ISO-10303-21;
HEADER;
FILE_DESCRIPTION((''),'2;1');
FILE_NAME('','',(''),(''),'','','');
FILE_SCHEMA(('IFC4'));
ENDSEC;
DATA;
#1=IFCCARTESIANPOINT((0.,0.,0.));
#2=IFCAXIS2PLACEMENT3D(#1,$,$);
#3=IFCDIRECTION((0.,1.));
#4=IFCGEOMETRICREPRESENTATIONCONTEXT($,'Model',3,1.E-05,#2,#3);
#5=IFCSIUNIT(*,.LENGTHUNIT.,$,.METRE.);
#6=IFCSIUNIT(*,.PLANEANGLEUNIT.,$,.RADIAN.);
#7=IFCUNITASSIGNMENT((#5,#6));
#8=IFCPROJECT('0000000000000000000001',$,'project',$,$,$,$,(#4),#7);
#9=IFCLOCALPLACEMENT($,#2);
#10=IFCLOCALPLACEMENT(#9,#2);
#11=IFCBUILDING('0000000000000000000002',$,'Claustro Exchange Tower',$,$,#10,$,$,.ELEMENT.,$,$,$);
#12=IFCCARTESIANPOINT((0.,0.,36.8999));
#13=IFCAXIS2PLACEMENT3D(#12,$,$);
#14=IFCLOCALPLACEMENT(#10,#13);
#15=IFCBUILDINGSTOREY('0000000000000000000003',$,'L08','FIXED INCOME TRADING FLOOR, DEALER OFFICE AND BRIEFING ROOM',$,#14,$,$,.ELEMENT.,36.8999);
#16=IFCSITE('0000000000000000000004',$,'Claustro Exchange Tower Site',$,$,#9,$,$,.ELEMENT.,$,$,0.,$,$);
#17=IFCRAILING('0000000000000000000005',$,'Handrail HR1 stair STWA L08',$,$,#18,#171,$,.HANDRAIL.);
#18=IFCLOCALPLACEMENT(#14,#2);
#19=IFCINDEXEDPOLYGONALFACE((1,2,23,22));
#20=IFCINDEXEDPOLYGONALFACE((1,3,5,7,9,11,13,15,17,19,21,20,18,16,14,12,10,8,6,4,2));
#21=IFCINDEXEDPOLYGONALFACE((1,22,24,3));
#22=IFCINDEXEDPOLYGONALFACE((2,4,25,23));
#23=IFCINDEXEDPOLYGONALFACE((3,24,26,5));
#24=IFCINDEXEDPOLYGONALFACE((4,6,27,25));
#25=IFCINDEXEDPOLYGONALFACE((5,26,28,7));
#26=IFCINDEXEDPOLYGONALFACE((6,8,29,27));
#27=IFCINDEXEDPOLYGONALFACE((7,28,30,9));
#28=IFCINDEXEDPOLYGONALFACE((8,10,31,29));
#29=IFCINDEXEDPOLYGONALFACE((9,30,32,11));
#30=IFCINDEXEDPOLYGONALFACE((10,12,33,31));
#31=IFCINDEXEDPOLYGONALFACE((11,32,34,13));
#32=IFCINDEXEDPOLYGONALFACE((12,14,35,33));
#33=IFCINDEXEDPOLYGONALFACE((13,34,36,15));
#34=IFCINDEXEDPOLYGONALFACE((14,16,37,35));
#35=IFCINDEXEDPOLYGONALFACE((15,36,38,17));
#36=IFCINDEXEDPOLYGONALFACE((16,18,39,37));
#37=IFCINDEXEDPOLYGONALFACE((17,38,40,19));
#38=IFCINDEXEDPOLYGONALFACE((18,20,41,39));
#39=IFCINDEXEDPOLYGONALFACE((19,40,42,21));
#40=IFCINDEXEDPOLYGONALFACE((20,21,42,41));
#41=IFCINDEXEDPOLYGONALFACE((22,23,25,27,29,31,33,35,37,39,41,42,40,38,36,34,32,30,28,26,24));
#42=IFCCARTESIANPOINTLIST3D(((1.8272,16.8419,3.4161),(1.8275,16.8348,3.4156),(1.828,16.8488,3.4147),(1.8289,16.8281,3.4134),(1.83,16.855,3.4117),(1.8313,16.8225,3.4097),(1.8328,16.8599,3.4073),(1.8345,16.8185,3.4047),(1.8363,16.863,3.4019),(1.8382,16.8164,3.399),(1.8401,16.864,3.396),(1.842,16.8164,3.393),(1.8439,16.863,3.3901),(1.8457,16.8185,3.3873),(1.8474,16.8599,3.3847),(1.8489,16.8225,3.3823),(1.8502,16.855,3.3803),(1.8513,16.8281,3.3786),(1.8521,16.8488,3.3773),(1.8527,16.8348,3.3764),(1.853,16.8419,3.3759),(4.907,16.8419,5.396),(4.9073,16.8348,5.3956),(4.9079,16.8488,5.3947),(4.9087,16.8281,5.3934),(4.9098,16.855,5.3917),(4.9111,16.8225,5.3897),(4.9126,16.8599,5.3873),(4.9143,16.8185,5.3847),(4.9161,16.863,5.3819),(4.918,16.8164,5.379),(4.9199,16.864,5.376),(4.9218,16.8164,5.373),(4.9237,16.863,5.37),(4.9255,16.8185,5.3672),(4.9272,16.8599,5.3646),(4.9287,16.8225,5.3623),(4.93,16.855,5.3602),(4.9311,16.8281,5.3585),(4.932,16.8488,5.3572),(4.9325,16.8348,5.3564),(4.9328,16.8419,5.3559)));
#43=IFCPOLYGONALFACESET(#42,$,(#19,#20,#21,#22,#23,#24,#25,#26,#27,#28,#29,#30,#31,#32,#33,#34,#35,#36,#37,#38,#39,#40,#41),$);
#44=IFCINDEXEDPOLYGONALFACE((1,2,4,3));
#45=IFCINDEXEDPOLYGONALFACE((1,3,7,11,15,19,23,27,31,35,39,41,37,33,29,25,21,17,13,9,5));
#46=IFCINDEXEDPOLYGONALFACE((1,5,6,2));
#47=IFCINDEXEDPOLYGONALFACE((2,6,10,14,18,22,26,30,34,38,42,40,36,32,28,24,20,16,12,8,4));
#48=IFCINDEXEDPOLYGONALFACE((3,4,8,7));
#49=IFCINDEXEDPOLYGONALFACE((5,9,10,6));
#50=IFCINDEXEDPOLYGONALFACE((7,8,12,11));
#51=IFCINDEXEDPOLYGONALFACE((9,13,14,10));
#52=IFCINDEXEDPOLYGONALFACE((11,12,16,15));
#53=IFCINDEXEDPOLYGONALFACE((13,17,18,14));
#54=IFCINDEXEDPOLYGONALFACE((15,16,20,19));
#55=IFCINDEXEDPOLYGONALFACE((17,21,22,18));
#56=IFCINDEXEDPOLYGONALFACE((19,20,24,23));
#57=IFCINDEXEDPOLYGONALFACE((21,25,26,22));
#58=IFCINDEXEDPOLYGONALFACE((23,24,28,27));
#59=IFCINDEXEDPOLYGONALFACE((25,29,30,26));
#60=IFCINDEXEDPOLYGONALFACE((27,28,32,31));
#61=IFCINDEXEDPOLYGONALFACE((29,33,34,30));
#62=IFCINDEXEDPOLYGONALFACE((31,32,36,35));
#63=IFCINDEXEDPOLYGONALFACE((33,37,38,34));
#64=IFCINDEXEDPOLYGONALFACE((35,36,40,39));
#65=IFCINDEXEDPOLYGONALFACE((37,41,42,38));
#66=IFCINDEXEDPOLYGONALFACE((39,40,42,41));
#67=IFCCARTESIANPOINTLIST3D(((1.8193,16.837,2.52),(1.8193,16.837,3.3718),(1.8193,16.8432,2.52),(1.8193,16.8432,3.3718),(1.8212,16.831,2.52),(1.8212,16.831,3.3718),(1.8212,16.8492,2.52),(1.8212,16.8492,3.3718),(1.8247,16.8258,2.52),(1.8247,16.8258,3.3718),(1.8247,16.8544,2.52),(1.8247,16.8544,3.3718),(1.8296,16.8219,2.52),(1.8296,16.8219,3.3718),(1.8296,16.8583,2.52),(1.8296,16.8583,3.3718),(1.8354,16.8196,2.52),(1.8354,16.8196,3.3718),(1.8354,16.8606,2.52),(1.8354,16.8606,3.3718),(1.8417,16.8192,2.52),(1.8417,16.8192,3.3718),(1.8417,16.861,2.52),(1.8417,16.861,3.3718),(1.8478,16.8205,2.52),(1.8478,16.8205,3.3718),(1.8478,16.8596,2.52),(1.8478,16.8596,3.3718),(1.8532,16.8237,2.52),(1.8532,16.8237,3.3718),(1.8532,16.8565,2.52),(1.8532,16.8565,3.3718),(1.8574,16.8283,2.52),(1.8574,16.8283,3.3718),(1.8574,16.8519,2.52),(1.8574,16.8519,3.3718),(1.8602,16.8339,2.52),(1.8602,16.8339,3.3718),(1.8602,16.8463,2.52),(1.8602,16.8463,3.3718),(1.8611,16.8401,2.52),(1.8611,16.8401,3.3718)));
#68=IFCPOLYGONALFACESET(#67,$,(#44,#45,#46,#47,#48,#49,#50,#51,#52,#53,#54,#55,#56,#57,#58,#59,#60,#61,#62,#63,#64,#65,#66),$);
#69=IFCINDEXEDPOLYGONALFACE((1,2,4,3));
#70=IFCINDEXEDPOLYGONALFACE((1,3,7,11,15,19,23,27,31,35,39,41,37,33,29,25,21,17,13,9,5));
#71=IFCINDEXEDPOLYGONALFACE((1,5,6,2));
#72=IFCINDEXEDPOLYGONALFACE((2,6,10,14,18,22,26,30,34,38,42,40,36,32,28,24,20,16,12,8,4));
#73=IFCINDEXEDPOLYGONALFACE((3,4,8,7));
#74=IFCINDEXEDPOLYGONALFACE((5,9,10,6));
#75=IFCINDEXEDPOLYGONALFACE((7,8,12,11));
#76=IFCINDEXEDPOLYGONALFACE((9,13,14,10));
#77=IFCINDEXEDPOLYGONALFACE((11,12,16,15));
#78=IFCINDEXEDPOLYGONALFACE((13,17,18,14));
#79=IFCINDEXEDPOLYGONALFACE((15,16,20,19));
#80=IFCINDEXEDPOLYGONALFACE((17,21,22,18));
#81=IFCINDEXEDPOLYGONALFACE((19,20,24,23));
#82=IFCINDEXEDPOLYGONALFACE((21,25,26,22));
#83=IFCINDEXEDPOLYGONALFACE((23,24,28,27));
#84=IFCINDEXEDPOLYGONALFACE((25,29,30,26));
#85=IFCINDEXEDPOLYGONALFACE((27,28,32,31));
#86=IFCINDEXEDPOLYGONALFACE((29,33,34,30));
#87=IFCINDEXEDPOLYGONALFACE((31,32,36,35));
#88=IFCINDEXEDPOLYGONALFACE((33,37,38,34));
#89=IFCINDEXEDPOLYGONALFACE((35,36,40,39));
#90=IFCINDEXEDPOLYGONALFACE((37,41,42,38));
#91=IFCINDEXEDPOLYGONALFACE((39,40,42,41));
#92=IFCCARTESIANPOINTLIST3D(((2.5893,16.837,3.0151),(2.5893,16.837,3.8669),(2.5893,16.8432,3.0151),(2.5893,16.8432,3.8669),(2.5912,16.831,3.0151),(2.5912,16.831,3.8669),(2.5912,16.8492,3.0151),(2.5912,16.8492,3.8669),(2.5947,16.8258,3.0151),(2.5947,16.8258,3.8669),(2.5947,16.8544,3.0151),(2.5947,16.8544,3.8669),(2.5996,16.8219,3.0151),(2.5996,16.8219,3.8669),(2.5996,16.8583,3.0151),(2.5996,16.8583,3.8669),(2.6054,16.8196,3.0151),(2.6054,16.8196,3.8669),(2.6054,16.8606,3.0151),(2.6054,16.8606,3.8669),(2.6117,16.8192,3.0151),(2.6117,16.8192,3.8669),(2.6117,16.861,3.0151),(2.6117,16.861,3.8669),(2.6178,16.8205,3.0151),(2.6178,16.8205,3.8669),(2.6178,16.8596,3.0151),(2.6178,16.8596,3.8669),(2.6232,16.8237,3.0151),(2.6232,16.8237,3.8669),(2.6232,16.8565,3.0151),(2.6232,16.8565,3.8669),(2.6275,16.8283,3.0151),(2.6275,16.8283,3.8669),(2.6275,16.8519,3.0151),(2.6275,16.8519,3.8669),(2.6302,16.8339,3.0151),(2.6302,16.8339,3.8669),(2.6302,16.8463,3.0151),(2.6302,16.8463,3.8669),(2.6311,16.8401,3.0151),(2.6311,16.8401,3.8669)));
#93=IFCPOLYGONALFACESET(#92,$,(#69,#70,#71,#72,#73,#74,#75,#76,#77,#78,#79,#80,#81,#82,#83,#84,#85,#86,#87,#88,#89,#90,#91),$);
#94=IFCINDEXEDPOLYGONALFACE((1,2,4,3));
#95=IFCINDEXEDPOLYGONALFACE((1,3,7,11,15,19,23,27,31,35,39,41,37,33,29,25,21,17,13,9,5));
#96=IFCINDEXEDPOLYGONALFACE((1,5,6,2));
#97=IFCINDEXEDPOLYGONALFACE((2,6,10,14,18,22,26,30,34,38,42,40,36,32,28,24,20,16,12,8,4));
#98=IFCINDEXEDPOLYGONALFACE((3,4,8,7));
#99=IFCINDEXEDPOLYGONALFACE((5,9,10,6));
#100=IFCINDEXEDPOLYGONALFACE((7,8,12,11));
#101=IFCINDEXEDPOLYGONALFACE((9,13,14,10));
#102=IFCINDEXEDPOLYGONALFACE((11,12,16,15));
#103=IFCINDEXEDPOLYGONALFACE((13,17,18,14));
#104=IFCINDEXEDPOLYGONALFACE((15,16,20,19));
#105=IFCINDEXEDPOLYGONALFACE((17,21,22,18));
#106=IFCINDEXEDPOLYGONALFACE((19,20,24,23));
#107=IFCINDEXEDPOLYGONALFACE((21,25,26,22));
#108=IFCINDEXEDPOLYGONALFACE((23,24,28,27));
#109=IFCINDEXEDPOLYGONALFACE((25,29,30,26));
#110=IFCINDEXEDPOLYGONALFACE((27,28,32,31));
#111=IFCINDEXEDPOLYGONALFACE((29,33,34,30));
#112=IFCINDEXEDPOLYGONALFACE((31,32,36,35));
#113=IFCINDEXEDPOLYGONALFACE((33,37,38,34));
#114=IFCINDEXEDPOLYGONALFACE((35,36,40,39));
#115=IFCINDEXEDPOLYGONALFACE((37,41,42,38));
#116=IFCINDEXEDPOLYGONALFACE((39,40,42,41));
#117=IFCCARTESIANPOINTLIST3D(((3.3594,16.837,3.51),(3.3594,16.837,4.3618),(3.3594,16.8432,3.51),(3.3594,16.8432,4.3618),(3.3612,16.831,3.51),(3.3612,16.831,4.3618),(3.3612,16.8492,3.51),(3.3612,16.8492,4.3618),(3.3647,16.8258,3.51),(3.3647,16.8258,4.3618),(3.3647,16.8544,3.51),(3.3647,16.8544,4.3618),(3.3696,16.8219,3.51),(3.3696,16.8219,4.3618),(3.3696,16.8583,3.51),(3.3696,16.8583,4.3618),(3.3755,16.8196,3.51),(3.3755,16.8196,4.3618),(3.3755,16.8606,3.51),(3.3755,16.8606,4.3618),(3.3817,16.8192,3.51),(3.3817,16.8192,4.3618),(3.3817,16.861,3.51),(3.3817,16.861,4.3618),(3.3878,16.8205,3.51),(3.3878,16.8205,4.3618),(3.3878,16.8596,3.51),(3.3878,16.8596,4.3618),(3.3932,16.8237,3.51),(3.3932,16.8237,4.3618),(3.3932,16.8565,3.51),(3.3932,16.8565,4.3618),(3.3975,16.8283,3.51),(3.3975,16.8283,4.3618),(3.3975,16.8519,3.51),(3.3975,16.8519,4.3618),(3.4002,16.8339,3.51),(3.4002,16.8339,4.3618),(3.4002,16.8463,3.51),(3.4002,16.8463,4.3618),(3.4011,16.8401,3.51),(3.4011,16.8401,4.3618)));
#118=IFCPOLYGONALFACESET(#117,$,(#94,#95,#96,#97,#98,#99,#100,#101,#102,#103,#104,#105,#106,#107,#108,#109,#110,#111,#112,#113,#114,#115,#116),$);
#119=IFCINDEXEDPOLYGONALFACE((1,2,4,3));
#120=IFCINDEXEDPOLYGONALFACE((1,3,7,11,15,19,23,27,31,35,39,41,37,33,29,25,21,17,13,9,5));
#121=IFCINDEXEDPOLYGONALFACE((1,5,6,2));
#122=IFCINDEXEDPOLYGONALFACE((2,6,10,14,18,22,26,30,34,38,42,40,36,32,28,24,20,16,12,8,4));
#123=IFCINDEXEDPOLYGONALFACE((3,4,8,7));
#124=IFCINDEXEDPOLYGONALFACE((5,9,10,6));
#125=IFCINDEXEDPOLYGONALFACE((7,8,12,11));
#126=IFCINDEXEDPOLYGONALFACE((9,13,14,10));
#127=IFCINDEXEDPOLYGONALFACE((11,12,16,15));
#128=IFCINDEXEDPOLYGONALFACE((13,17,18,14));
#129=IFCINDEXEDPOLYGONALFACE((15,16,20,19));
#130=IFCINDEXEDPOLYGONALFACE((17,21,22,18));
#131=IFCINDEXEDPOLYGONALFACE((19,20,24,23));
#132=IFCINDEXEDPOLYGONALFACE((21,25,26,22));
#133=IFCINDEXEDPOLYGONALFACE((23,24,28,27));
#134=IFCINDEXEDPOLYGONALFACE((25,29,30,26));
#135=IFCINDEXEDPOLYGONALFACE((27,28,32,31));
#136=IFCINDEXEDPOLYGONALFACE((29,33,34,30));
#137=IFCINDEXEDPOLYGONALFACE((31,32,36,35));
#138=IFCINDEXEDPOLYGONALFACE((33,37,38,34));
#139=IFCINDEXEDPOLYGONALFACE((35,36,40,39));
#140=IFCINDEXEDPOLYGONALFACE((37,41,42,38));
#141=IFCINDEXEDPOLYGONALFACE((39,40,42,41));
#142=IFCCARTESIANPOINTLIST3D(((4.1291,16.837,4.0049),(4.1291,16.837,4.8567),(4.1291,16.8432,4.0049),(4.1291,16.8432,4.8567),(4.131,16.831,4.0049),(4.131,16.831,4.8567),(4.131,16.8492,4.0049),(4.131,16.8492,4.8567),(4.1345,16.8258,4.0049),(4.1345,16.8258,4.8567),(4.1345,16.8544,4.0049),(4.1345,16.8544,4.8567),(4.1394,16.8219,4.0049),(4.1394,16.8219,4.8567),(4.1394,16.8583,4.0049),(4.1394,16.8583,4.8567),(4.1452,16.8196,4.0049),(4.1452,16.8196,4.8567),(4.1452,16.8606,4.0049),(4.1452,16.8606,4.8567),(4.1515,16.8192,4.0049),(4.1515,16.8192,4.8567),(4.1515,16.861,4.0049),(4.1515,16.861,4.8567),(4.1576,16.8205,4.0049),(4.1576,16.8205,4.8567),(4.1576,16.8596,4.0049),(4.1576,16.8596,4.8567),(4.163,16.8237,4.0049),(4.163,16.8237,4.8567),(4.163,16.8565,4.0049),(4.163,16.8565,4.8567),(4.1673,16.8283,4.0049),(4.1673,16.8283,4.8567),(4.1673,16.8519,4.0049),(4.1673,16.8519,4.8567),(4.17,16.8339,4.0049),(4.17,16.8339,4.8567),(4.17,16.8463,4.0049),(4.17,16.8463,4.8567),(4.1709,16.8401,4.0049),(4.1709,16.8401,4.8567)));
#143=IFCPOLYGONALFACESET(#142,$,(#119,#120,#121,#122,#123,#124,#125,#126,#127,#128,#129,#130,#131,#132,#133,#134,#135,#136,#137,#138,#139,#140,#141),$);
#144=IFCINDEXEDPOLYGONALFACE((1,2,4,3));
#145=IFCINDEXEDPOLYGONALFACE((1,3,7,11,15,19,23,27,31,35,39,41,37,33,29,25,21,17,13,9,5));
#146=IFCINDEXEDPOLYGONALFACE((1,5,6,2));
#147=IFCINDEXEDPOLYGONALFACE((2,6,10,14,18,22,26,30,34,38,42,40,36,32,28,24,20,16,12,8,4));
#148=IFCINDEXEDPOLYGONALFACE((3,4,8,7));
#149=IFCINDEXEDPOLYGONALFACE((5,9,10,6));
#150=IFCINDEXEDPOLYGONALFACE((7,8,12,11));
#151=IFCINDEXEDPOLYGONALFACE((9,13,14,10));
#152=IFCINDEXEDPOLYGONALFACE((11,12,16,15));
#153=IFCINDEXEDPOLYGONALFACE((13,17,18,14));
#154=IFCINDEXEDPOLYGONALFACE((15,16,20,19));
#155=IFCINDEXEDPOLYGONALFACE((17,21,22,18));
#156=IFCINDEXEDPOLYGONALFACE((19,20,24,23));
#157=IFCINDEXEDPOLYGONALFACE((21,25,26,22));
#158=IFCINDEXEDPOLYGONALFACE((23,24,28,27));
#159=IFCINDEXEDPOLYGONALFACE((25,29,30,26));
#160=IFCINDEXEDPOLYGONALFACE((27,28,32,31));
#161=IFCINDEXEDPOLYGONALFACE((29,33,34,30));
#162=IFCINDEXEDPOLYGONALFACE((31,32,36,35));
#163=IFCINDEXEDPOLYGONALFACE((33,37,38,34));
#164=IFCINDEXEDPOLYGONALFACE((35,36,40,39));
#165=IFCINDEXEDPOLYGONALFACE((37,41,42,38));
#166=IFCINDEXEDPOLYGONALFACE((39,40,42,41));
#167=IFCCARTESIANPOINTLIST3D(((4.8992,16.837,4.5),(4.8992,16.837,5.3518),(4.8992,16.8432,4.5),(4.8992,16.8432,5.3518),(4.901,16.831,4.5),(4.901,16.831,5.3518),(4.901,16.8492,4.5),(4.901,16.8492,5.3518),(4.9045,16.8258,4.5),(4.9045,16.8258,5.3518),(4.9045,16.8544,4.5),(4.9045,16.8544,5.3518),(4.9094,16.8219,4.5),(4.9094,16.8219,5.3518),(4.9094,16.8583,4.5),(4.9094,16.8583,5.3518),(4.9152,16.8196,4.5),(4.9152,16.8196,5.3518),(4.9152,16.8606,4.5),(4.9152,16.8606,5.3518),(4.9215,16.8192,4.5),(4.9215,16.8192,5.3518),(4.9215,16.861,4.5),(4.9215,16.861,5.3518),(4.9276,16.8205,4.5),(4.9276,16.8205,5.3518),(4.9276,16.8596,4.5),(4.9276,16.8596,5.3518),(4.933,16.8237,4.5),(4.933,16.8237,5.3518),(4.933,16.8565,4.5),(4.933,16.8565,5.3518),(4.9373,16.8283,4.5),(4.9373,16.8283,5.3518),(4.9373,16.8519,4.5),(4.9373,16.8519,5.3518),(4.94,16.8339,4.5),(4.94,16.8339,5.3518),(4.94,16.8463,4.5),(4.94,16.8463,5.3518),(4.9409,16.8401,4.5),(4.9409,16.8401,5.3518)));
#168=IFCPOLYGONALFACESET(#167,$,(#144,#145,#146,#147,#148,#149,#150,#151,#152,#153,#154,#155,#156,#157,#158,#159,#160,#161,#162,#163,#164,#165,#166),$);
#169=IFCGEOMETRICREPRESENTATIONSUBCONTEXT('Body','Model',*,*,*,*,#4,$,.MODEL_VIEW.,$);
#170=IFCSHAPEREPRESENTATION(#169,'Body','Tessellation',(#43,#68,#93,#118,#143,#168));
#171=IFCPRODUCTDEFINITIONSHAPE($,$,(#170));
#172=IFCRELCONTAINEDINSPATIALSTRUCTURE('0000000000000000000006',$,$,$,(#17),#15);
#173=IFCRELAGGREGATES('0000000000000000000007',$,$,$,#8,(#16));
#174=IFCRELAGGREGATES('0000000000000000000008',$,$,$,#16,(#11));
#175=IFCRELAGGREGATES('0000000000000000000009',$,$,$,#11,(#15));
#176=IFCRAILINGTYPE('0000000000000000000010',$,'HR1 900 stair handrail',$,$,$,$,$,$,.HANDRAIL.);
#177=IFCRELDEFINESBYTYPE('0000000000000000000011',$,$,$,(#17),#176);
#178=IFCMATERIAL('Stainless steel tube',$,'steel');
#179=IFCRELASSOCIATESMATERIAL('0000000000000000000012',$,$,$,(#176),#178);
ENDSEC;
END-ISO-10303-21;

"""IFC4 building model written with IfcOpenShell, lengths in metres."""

from ifc_helpers import new_model, si_unit, direction, frame, origin, origin_2d, place, context, subcontext, project, spatial, circle, extrude, material, type_object, element, save


model = new_model("IFC4")

# Units and contexts
model_context = context("Model", 3, precision=1e-05, world=origin(), true_north=direction((0.0, 1.0)))
body_context = subcontext(model_context, "Body", "Model", "MODEL_VIEW")
ifc_project = project(units=[si_unit("LENGTHUNIT", "METRE"), si_unit("PLANEANGLEUNIT", "RADIAN")], contexts=[model_context])

# Site, building, storey
site_placement = place(None, origin())
site = spatial("IfcSite", under=ifc_project, at=site_placement, Name="Claustro Exchange Tower Site", CompositionType="ELEMENT", RefElevation=0.0)
building_placement = place(site_placement, origin())
building = spatial("IfcBuilding", under=site, at=building_placement, Name="Claustro Exchange Tower", CompositionType="ELEMENT")
storey_placement = place(building_placement, frame((0.0, 0.0, 36.8999)))
storey = spatial("IfcBuildingStorey", under=building, at=storey_placement, Name="L08", Description="FIXED INCOME TRADING FLOOR, DEALER OFFICE AND BRIEFING ROOM", CompositionType="ELEMENT", Elevation=36.8999)

# Railing
ifc_material_1 = material(Name="Stainless steel tube", Category="steel")
railing_type = type_object("IfcRailingType", Name="HR1 900 stair handrail", PredefinedType="HANDRAIL", material=ifc_material_1)
railing_placement = place(storey_placement, frame((1.8401, 16.8401, 2.52)))
element("IfcRailing", 1, at=railing_placement, inside=storey, type_object=railing_type, Name="Handrail HR1 stair STWA L08", PredefinedType="HANDRAIL", context=body_context, shape_type="SweptSolid", body=[
    extrude(circle(Radius=0.0239, at=origin_2d()), frame((0.0, 0.0, 0.876), z_axis=(0.841168, 0.0, 0.540774), x_axis=(0.0, 1.0, 0.0)), (0.0, 0.0, 1.0), 3.6614),
    extrude(circle(Radius=0.021, at=origin_2d()), origin(), (0.0, 0.0, 1.0), 0.8518),
    extrude(circle(Radius=0.021, at=origin_2d()), frame((0.77, 0.0, 0.4951)), (0.0, 0.0, 1.0), 0.8518),
    extrude(circle(Radius=0.021, at=origin_2d()), frame((1.54, 0.0, 0.99)), (0.0, 0.0, 1.0), 0.8518),
    extrude(circle(Radius=0.021, at=origin_2d()), frame((2.3098, 0.0, 1.4849)), (0.0, 0.0, 1.0), 0.8518),
    extrude(circle(Radius=0.021, at=origin_2d()), frame((3.0798, 0.0, 1.98)), (0.0, 0.0, 1.0), 0.8518),
])

save(model, "model.ifc")
